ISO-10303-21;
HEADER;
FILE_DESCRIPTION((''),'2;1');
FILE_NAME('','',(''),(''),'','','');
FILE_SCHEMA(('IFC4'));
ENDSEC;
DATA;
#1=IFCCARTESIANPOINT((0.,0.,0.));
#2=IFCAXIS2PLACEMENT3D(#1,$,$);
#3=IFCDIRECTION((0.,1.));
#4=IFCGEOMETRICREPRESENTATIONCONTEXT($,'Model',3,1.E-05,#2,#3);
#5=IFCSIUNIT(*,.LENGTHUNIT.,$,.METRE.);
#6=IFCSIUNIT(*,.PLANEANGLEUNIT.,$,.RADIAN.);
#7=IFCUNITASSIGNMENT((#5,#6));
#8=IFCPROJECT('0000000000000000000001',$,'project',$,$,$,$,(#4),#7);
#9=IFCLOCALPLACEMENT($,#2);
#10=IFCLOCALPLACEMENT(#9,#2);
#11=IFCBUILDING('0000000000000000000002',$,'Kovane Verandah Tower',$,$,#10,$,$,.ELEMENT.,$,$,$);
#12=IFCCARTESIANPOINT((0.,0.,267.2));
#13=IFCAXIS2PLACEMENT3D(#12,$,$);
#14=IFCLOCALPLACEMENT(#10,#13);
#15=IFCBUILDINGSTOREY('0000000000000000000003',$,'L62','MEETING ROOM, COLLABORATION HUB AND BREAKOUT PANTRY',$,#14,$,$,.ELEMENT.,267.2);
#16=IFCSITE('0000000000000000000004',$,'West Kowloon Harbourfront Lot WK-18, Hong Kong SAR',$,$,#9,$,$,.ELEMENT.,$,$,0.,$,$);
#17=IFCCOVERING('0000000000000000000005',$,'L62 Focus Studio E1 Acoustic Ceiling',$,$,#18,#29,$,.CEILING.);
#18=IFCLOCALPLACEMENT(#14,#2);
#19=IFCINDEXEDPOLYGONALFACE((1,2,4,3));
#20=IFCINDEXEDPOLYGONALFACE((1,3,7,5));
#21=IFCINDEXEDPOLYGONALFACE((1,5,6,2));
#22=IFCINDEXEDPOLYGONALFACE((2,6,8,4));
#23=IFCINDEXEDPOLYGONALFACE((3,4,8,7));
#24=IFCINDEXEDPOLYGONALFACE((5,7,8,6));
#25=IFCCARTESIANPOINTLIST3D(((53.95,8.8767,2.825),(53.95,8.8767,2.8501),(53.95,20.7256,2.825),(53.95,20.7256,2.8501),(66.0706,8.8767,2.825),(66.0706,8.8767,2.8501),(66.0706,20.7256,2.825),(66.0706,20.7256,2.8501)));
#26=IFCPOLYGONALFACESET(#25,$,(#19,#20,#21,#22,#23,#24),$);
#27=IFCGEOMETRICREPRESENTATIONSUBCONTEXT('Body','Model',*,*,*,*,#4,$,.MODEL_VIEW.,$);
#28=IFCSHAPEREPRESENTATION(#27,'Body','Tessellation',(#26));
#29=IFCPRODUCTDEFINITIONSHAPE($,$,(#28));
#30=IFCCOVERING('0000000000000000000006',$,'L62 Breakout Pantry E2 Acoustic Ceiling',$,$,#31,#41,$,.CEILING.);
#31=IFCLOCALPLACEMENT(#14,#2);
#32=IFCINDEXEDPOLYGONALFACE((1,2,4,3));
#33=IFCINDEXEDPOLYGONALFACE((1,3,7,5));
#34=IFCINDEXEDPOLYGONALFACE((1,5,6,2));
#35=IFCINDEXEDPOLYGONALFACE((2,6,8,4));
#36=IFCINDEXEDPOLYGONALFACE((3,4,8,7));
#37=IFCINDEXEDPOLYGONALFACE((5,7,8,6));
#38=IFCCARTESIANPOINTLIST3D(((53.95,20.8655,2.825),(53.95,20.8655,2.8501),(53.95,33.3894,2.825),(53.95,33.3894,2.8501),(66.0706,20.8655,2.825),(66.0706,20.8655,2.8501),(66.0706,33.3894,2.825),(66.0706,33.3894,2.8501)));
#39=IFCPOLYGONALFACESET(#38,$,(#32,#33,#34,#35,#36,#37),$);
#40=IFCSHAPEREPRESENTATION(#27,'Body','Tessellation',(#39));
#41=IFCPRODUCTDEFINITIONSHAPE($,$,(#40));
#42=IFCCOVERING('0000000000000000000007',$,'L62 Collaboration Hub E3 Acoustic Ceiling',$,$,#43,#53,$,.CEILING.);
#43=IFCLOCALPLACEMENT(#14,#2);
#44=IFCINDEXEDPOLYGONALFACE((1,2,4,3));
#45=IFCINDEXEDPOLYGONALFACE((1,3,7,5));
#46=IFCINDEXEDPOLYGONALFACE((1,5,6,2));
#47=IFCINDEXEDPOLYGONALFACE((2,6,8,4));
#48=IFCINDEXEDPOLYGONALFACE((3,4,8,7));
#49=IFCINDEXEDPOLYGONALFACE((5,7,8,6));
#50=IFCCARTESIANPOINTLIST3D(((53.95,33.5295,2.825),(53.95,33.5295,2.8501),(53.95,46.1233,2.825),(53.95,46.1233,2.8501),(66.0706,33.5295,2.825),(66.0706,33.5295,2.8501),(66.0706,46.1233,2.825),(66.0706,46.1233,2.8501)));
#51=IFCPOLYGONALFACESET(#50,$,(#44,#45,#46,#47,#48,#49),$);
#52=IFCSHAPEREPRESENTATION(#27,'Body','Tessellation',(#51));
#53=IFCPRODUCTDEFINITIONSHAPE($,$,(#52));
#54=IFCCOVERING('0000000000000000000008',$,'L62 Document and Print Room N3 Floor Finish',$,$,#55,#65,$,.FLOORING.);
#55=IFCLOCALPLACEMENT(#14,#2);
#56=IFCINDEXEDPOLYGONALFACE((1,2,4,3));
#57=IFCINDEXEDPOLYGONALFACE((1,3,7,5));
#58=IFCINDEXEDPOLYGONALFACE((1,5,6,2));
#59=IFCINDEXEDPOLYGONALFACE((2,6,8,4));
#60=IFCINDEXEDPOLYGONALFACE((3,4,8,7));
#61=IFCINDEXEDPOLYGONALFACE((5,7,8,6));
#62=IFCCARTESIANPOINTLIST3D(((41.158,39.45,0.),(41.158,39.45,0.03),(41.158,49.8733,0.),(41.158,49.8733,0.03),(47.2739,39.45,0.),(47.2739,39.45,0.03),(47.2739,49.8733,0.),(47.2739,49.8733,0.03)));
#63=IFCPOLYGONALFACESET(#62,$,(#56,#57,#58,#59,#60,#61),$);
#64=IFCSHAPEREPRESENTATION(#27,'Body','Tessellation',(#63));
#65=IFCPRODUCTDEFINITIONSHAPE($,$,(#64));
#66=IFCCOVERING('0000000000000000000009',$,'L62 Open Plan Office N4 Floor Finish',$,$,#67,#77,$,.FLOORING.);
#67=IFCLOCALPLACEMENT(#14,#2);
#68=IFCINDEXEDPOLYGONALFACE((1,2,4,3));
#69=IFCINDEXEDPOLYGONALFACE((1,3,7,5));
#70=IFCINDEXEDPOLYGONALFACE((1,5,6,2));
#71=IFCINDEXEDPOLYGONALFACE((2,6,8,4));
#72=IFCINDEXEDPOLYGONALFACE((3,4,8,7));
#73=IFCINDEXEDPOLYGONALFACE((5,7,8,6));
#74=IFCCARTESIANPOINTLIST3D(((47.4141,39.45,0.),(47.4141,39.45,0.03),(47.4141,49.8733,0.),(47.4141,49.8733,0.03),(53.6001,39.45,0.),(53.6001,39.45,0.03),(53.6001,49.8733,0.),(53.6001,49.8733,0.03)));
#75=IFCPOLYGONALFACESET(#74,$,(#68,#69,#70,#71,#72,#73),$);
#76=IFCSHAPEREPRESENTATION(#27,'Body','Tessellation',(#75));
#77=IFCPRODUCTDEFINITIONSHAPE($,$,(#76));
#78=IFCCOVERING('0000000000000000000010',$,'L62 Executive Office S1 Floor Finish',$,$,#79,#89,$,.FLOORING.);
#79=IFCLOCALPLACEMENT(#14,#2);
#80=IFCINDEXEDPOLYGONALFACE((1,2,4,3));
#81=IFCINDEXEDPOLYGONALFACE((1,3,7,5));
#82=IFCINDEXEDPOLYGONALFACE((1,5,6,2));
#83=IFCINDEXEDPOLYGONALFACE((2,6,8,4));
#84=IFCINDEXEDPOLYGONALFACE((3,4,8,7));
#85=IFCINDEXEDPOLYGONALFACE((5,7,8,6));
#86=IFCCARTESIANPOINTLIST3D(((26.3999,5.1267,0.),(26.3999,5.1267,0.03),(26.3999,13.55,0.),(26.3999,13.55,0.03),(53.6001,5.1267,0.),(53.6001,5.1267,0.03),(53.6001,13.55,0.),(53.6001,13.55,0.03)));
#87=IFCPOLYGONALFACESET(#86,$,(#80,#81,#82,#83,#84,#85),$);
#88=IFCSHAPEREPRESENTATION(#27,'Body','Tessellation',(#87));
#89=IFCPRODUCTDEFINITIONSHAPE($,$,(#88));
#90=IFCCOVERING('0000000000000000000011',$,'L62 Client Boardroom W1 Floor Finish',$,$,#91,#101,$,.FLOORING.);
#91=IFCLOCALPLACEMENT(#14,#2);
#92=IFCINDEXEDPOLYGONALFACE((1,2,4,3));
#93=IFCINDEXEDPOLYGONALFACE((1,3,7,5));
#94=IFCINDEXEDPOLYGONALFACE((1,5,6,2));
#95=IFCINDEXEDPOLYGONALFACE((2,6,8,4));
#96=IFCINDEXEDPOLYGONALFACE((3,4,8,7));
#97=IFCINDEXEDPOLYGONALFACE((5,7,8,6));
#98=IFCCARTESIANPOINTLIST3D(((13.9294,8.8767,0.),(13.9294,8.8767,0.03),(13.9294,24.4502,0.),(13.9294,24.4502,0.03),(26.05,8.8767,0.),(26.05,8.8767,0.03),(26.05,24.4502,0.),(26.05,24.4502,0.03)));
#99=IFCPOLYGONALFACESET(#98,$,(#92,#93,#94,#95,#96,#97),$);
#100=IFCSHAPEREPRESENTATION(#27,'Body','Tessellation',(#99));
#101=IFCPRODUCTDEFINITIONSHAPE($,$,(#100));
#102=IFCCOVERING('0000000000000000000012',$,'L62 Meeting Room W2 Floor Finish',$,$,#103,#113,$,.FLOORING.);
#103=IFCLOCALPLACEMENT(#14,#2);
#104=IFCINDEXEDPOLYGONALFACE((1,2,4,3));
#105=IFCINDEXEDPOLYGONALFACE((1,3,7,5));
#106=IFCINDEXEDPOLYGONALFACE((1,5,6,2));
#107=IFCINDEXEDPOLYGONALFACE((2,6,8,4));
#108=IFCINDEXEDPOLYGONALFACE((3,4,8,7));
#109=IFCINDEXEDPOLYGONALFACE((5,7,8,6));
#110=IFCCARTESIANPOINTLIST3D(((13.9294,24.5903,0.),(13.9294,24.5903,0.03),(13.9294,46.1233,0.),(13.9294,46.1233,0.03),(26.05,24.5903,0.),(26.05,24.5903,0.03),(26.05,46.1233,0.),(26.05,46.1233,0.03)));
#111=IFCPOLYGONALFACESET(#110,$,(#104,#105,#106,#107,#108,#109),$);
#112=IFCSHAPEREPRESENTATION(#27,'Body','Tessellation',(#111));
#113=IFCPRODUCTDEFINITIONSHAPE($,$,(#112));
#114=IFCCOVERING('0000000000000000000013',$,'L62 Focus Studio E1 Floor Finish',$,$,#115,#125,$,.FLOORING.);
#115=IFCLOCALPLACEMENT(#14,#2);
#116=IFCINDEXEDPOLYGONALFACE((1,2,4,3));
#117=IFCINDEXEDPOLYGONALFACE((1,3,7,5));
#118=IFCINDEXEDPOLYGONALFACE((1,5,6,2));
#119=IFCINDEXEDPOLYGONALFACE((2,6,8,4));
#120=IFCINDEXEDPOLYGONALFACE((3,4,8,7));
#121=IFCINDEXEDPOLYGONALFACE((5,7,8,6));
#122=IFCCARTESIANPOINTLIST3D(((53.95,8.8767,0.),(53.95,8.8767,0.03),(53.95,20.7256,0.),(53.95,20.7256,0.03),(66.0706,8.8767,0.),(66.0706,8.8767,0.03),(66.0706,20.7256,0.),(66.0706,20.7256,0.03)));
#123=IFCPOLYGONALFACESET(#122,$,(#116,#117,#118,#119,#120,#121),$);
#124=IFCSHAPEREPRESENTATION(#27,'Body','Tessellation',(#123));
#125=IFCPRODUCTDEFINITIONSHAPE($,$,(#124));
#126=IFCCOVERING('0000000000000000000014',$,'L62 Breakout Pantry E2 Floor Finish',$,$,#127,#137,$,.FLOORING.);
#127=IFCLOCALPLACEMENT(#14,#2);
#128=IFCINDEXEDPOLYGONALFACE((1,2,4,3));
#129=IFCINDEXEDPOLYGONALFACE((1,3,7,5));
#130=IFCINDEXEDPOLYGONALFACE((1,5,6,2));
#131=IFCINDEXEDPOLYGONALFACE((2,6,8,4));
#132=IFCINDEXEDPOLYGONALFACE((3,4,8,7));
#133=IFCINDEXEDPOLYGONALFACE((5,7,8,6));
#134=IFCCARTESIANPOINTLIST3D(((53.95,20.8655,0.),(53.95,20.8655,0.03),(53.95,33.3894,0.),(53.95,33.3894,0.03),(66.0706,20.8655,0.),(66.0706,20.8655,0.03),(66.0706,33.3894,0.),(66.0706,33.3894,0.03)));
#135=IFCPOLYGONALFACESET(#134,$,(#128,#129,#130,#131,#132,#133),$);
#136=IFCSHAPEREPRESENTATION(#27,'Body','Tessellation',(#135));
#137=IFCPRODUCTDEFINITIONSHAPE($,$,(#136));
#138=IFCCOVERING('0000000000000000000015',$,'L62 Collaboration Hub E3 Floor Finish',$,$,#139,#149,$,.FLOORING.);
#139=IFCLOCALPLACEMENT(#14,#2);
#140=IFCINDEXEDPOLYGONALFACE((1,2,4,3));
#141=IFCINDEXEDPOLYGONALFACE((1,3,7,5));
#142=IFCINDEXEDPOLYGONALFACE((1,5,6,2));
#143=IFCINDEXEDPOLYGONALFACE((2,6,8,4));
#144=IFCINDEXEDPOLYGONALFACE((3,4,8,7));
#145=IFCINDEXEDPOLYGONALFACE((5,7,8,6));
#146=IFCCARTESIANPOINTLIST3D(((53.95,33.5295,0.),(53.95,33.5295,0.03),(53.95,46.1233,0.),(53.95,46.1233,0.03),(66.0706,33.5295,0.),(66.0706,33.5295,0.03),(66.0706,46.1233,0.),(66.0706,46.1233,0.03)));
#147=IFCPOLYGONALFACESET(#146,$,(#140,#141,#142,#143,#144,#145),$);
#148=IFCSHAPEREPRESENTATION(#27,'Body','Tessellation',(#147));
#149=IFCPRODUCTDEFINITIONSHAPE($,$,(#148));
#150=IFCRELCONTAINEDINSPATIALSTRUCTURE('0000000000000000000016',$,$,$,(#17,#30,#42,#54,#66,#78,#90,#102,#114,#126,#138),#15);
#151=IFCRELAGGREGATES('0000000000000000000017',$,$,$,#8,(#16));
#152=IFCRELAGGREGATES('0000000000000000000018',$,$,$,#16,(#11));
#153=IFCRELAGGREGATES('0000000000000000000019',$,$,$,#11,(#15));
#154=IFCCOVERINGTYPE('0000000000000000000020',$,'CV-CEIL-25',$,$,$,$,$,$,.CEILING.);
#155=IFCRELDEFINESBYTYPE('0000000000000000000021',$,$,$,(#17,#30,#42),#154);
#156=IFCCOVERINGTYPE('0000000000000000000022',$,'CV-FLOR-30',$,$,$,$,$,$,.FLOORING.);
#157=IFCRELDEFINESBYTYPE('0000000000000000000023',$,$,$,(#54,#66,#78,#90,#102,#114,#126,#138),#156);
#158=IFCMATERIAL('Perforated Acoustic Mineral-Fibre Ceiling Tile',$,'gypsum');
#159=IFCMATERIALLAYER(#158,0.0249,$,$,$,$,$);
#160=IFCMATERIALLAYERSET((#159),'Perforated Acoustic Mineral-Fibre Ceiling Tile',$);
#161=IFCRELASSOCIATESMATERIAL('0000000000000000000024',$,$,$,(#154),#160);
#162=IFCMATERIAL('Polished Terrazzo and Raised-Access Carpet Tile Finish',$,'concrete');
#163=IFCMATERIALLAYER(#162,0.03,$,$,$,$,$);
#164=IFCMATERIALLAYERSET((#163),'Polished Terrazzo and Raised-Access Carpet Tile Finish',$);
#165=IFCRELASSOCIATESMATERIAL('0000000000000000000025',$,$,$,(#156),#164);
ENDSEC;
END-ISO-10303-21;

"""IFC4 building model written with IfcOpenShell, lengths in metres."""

from ifc_helpers import new_model, si_unit, direction, frame, origin, place, context, subcontext, project, spatial, polyline, outline, extrude, material, layer, layer_set, type_object, element, save


model = new_model("IFC4")

# Units and contexts
model_context = context("Model", 3, precision=1e-05, world=origin(), true_north=direction((0.0, 1.0)))
body_context = subcontext(model_context, "Body", "Model", "MODEL_VIEW")
ifc_project = project(units=[si_unit("LENGTHUNIT", "METRE"), si_unit("PLANEANGLEUNIT", "RADIAN")], contexts=[model_context])

# Site, building, storey
site_placement = place(None, origin())
site = spatial("IfcSite", under=ifc_project, at=site_placement, Name="West Kowloon Harbourfront Lot WK-18, Hong Kong SAR", CompositionType="ELEMENT", RefElevation=0.0)
building_placement = place(site_placement, origin())
building = spatial("IfcBuilding", under=site, at=building_placement, Name="Kovane Verandah Tower", CompositionType="ELEMENT")
storey_placement = place(building_placement, frame((0.0, 0.0, 267.2)))
storey = spatial("IfcBuildingStorey", under=building, at=storey_placement, Name="L62", Description="MEETING ROOM, COLLABORATION HUB AND BREAKOUT PANTRY", CompositionType="ELEMENT", Elevation=267.2)

# Coverings
ifc_material_1 = material(Name="Perforated Acoustic Mineral-Fibre Ceiling Tile", Category="gypsum")
ifc_layer_1 = layer(ifc_material_1, 0.0249)
ifc_layer_set_1 = layer_set([ifc_layer_1], Name="Perforated Acoustic Mineral-Fibre Ceiling Tile")
covering_type_1 = type_object("IfcCoveringType", Name="CV-CEIL-25", PredefinedType="CEILING", material=ifc_layer_set_1)
covering_1_placement = place(storey_placement, frame((0.0, 0.0, 2.825)))
element("IfcCovering", 1, at=covering_1_placement, inside=storey, type_object=covering_type_1, Name="L62 Focus Studio E1 Acoustic Ceiling", PredefinedType="CEILING", context=body_context, shape_type="SweptSolid", body=[
    extrude(outline(polyline([(53.95, 8.8767), (66.0706, 8.8767), (66.0706, 20.7256), (53.95, 20.7256), (53.95, 8.8767)])), origin(), (0.0, 0.0, 1.0), 0.0251),
])
covering_2_placement = place(storey_placement, frame((0.0, 0.0, 2.825)))
element("IfcCovering", 2, at=covering_2_placement, inside=storey, type_object=covering_type_1, Name="L62 Breakout Pantry E2 Acoustic Ceiling", PredefinedType="CEILING", context=body_context, shape_type="SweptSolid", body=[
    extrude(outline(polyline([(53.95, 20.8655), (66.0706, 20.8655), (66.0706, 33.3894), (53.95, 33.3894), (53.95, 20.8655)])), origin(), (0.0, 0.0, 1.0), 0.0251),
])
covering_3_placement = place(storey_placement, frame((0.0, 0.0, 2.825)))
element("IfcCovering", 3, at=covering_3_placement, inside=storey, type_object=covering_type_1, Name="L62 Collaboration Hub E3 Acoustic Ceiling", PredefinedType="CEILING", context=body_context, shape_type="SweptSolid", body=[
    extrude(outline(polyline([(53.95, 33.5295), (66.0706, 33.5295), (66.0706, 46.1233), (53.95, 46.1233), (53.95, 33.5295)])), origin(), (0.0, 0.0, 1.0), 0.0251),
])
ifc_material_2 = material(Name="Polished Terrazzo and Raised-Access Carpet Tile Finish", Category="concrete")
ifc_layer_2 = layer(ifc_material_2, 0.03)
ifc_layer_set_2 = layer_set([ifc_layer_2], Name="Polished Terrazzo and Raised-Access Carpet Tile Finish")
covering_type_2 = type_object("IfcCoveringType", Name="CV-FLOR-30", PredefinedType="FLOORING", material=ifc_layer_set_2)
covering_4_placement = place(storey_placement, origin())
element("IfcCovering", 4, at=covering_4_placement, inside=storey, type_object=covering_type_2, Name="L62 Document and Print Room N3 Floor Finish", PredefinedType="FLOORING", context=body_context, shape_type="SweptSolid", body=[
    extrude(outline(polyline([(41.158, 39.45), (47.2739, 39.45), (47.2739, 49.8733), (41.158, 49.8733), (41.158, 39.45)])), origin(), (0.0, 0.0, 1.0), 0.03),
])
covering_5_placement = place(storey_placement, origin())
element("IfcCovering", 5, at=covering_5_placement, inside=storey, type_object=covering_type_2, Name="L62 Open Plan Office N4 Floor Finish", PredefinedType="FLOORING", context=body_context, shape_type="SweptSolid", body=[
    extrude(outline(polyline([(47.4141, 39.45), (53.6001, 39.45), (53.6001, 49.8733), (47.4141, 49.8733), (47.4141, 39.45)])), origin(), (0.0, 0.0, 1.0), 0.03),
])
covering_6_placement = place(storey_placement, origin())
element("IfcCovering", 6, at=covering_6_placement, inside=storey, type_object=covering_type_2, Name="L62 Executive Office S1 Floor Finish", PredefinedType="FLOORING", context=body_context, shape_type="SweptSolid", body=[
    extrude(outline(polyline([(26.3999, 5.1267), (53.6001, 5.1267), (53.6001, 13.55), (26.3999, 13.55), (26.3999, 5.1267)])), origin(), (0.0, 0.0, 1.0), 0.03),
])
covering_7_placement = place(storey_placement, origin())
element("IfcCovering", 7, at=covering_7_placement, inside=storey, type_object=covering_type_2, Name="L62 Client Boardroom W1 Floor Finish", PredefinedType="FLOORING", context=body_context, shape_type="SweptSolid", body=[
    extrude(outline(polyline([(13.9294, 8.8767), (26.05, 8.8767), (26.05, 24.4502), (13.9294, 24.4502), (13.9294, 8.8767)])), origin(), (0.0, 0.0, 1.0), 0.03),
])
covering_8_placement = place(storey_placement, origin())
element("IfcCovering", 8, at=covering_8_placement, inside=storey, type_object=covering_type_2, Name="L62 Meeting Room W2 Floor Finish", PredefinedType="FLOORING", context=body_context, shape_type="SweptSolid", body=[
    extrude(outline(polyline([(13.9294, 24.5903), (26.05, 24.5903), (26.05, 46.1233), (13.9294, 46.1233), (13.9294, 24.5903)])), origin(), (0.0, 0.0, 1.0), 0.03),
])
covering_9_placement = place(storey_placement, origin())
element("IfcCovering", 9, at=covering_9_placement, inside=storey, type_object=covering_type_2, Name="L62 Focus Studio E1 Floor Finish", PredefinedType="FLOORING", context=body_context, shape_type="SweptSolid", body=[
    extrude(outline(polyline([(53.95, 8.8767), (66.0706, 8.8767), (66.0706, 20.7256), (53.95, 20.7256), (53.95, 8.8767)])), origin(), (0.0, 0.0, 1.0), 0.03),
])
covering_10_placement = place(storey_placement, origin())
element("IfcCovering", 10, at=covering_10_placement, inside=storey, type_object=covering_type_2, Name="L62 Breakout Pantry E2 Floor Finish", PredefinedType="FLOORING", context=body_context, shape_type="SweptSolid", body=[
    extrude(outline(polyline([(53.95, 20.8655), (66.0706, 20.8655), (66.0706, 33.3894), (53.95, 33.3894), (53.95, 20.8655)])), origin(), (0.0, 0.0, 1.0), 0.03),
])
covering_11_placement = place(storey_placement, origin())
element("IfcCovering", 11, at=covering_11_placement, inside=storey, type_object=covering_type_2, Name="L62 Collaboration Hub E3 Floor Finish", PredefinedType="FLOORING", context=body_context, shape_type="SweptSolid", body=[
    extrude(outline(polyline([(53.95, 33.5295), (66.0706, 33.5295), (66.0706, 46.1233), (53.95, 46.1233), (53.95, 33.5295)])), origin(), (0.0, 0.0, 1.0), 0.03),
])

save(model, "model.ifc")
